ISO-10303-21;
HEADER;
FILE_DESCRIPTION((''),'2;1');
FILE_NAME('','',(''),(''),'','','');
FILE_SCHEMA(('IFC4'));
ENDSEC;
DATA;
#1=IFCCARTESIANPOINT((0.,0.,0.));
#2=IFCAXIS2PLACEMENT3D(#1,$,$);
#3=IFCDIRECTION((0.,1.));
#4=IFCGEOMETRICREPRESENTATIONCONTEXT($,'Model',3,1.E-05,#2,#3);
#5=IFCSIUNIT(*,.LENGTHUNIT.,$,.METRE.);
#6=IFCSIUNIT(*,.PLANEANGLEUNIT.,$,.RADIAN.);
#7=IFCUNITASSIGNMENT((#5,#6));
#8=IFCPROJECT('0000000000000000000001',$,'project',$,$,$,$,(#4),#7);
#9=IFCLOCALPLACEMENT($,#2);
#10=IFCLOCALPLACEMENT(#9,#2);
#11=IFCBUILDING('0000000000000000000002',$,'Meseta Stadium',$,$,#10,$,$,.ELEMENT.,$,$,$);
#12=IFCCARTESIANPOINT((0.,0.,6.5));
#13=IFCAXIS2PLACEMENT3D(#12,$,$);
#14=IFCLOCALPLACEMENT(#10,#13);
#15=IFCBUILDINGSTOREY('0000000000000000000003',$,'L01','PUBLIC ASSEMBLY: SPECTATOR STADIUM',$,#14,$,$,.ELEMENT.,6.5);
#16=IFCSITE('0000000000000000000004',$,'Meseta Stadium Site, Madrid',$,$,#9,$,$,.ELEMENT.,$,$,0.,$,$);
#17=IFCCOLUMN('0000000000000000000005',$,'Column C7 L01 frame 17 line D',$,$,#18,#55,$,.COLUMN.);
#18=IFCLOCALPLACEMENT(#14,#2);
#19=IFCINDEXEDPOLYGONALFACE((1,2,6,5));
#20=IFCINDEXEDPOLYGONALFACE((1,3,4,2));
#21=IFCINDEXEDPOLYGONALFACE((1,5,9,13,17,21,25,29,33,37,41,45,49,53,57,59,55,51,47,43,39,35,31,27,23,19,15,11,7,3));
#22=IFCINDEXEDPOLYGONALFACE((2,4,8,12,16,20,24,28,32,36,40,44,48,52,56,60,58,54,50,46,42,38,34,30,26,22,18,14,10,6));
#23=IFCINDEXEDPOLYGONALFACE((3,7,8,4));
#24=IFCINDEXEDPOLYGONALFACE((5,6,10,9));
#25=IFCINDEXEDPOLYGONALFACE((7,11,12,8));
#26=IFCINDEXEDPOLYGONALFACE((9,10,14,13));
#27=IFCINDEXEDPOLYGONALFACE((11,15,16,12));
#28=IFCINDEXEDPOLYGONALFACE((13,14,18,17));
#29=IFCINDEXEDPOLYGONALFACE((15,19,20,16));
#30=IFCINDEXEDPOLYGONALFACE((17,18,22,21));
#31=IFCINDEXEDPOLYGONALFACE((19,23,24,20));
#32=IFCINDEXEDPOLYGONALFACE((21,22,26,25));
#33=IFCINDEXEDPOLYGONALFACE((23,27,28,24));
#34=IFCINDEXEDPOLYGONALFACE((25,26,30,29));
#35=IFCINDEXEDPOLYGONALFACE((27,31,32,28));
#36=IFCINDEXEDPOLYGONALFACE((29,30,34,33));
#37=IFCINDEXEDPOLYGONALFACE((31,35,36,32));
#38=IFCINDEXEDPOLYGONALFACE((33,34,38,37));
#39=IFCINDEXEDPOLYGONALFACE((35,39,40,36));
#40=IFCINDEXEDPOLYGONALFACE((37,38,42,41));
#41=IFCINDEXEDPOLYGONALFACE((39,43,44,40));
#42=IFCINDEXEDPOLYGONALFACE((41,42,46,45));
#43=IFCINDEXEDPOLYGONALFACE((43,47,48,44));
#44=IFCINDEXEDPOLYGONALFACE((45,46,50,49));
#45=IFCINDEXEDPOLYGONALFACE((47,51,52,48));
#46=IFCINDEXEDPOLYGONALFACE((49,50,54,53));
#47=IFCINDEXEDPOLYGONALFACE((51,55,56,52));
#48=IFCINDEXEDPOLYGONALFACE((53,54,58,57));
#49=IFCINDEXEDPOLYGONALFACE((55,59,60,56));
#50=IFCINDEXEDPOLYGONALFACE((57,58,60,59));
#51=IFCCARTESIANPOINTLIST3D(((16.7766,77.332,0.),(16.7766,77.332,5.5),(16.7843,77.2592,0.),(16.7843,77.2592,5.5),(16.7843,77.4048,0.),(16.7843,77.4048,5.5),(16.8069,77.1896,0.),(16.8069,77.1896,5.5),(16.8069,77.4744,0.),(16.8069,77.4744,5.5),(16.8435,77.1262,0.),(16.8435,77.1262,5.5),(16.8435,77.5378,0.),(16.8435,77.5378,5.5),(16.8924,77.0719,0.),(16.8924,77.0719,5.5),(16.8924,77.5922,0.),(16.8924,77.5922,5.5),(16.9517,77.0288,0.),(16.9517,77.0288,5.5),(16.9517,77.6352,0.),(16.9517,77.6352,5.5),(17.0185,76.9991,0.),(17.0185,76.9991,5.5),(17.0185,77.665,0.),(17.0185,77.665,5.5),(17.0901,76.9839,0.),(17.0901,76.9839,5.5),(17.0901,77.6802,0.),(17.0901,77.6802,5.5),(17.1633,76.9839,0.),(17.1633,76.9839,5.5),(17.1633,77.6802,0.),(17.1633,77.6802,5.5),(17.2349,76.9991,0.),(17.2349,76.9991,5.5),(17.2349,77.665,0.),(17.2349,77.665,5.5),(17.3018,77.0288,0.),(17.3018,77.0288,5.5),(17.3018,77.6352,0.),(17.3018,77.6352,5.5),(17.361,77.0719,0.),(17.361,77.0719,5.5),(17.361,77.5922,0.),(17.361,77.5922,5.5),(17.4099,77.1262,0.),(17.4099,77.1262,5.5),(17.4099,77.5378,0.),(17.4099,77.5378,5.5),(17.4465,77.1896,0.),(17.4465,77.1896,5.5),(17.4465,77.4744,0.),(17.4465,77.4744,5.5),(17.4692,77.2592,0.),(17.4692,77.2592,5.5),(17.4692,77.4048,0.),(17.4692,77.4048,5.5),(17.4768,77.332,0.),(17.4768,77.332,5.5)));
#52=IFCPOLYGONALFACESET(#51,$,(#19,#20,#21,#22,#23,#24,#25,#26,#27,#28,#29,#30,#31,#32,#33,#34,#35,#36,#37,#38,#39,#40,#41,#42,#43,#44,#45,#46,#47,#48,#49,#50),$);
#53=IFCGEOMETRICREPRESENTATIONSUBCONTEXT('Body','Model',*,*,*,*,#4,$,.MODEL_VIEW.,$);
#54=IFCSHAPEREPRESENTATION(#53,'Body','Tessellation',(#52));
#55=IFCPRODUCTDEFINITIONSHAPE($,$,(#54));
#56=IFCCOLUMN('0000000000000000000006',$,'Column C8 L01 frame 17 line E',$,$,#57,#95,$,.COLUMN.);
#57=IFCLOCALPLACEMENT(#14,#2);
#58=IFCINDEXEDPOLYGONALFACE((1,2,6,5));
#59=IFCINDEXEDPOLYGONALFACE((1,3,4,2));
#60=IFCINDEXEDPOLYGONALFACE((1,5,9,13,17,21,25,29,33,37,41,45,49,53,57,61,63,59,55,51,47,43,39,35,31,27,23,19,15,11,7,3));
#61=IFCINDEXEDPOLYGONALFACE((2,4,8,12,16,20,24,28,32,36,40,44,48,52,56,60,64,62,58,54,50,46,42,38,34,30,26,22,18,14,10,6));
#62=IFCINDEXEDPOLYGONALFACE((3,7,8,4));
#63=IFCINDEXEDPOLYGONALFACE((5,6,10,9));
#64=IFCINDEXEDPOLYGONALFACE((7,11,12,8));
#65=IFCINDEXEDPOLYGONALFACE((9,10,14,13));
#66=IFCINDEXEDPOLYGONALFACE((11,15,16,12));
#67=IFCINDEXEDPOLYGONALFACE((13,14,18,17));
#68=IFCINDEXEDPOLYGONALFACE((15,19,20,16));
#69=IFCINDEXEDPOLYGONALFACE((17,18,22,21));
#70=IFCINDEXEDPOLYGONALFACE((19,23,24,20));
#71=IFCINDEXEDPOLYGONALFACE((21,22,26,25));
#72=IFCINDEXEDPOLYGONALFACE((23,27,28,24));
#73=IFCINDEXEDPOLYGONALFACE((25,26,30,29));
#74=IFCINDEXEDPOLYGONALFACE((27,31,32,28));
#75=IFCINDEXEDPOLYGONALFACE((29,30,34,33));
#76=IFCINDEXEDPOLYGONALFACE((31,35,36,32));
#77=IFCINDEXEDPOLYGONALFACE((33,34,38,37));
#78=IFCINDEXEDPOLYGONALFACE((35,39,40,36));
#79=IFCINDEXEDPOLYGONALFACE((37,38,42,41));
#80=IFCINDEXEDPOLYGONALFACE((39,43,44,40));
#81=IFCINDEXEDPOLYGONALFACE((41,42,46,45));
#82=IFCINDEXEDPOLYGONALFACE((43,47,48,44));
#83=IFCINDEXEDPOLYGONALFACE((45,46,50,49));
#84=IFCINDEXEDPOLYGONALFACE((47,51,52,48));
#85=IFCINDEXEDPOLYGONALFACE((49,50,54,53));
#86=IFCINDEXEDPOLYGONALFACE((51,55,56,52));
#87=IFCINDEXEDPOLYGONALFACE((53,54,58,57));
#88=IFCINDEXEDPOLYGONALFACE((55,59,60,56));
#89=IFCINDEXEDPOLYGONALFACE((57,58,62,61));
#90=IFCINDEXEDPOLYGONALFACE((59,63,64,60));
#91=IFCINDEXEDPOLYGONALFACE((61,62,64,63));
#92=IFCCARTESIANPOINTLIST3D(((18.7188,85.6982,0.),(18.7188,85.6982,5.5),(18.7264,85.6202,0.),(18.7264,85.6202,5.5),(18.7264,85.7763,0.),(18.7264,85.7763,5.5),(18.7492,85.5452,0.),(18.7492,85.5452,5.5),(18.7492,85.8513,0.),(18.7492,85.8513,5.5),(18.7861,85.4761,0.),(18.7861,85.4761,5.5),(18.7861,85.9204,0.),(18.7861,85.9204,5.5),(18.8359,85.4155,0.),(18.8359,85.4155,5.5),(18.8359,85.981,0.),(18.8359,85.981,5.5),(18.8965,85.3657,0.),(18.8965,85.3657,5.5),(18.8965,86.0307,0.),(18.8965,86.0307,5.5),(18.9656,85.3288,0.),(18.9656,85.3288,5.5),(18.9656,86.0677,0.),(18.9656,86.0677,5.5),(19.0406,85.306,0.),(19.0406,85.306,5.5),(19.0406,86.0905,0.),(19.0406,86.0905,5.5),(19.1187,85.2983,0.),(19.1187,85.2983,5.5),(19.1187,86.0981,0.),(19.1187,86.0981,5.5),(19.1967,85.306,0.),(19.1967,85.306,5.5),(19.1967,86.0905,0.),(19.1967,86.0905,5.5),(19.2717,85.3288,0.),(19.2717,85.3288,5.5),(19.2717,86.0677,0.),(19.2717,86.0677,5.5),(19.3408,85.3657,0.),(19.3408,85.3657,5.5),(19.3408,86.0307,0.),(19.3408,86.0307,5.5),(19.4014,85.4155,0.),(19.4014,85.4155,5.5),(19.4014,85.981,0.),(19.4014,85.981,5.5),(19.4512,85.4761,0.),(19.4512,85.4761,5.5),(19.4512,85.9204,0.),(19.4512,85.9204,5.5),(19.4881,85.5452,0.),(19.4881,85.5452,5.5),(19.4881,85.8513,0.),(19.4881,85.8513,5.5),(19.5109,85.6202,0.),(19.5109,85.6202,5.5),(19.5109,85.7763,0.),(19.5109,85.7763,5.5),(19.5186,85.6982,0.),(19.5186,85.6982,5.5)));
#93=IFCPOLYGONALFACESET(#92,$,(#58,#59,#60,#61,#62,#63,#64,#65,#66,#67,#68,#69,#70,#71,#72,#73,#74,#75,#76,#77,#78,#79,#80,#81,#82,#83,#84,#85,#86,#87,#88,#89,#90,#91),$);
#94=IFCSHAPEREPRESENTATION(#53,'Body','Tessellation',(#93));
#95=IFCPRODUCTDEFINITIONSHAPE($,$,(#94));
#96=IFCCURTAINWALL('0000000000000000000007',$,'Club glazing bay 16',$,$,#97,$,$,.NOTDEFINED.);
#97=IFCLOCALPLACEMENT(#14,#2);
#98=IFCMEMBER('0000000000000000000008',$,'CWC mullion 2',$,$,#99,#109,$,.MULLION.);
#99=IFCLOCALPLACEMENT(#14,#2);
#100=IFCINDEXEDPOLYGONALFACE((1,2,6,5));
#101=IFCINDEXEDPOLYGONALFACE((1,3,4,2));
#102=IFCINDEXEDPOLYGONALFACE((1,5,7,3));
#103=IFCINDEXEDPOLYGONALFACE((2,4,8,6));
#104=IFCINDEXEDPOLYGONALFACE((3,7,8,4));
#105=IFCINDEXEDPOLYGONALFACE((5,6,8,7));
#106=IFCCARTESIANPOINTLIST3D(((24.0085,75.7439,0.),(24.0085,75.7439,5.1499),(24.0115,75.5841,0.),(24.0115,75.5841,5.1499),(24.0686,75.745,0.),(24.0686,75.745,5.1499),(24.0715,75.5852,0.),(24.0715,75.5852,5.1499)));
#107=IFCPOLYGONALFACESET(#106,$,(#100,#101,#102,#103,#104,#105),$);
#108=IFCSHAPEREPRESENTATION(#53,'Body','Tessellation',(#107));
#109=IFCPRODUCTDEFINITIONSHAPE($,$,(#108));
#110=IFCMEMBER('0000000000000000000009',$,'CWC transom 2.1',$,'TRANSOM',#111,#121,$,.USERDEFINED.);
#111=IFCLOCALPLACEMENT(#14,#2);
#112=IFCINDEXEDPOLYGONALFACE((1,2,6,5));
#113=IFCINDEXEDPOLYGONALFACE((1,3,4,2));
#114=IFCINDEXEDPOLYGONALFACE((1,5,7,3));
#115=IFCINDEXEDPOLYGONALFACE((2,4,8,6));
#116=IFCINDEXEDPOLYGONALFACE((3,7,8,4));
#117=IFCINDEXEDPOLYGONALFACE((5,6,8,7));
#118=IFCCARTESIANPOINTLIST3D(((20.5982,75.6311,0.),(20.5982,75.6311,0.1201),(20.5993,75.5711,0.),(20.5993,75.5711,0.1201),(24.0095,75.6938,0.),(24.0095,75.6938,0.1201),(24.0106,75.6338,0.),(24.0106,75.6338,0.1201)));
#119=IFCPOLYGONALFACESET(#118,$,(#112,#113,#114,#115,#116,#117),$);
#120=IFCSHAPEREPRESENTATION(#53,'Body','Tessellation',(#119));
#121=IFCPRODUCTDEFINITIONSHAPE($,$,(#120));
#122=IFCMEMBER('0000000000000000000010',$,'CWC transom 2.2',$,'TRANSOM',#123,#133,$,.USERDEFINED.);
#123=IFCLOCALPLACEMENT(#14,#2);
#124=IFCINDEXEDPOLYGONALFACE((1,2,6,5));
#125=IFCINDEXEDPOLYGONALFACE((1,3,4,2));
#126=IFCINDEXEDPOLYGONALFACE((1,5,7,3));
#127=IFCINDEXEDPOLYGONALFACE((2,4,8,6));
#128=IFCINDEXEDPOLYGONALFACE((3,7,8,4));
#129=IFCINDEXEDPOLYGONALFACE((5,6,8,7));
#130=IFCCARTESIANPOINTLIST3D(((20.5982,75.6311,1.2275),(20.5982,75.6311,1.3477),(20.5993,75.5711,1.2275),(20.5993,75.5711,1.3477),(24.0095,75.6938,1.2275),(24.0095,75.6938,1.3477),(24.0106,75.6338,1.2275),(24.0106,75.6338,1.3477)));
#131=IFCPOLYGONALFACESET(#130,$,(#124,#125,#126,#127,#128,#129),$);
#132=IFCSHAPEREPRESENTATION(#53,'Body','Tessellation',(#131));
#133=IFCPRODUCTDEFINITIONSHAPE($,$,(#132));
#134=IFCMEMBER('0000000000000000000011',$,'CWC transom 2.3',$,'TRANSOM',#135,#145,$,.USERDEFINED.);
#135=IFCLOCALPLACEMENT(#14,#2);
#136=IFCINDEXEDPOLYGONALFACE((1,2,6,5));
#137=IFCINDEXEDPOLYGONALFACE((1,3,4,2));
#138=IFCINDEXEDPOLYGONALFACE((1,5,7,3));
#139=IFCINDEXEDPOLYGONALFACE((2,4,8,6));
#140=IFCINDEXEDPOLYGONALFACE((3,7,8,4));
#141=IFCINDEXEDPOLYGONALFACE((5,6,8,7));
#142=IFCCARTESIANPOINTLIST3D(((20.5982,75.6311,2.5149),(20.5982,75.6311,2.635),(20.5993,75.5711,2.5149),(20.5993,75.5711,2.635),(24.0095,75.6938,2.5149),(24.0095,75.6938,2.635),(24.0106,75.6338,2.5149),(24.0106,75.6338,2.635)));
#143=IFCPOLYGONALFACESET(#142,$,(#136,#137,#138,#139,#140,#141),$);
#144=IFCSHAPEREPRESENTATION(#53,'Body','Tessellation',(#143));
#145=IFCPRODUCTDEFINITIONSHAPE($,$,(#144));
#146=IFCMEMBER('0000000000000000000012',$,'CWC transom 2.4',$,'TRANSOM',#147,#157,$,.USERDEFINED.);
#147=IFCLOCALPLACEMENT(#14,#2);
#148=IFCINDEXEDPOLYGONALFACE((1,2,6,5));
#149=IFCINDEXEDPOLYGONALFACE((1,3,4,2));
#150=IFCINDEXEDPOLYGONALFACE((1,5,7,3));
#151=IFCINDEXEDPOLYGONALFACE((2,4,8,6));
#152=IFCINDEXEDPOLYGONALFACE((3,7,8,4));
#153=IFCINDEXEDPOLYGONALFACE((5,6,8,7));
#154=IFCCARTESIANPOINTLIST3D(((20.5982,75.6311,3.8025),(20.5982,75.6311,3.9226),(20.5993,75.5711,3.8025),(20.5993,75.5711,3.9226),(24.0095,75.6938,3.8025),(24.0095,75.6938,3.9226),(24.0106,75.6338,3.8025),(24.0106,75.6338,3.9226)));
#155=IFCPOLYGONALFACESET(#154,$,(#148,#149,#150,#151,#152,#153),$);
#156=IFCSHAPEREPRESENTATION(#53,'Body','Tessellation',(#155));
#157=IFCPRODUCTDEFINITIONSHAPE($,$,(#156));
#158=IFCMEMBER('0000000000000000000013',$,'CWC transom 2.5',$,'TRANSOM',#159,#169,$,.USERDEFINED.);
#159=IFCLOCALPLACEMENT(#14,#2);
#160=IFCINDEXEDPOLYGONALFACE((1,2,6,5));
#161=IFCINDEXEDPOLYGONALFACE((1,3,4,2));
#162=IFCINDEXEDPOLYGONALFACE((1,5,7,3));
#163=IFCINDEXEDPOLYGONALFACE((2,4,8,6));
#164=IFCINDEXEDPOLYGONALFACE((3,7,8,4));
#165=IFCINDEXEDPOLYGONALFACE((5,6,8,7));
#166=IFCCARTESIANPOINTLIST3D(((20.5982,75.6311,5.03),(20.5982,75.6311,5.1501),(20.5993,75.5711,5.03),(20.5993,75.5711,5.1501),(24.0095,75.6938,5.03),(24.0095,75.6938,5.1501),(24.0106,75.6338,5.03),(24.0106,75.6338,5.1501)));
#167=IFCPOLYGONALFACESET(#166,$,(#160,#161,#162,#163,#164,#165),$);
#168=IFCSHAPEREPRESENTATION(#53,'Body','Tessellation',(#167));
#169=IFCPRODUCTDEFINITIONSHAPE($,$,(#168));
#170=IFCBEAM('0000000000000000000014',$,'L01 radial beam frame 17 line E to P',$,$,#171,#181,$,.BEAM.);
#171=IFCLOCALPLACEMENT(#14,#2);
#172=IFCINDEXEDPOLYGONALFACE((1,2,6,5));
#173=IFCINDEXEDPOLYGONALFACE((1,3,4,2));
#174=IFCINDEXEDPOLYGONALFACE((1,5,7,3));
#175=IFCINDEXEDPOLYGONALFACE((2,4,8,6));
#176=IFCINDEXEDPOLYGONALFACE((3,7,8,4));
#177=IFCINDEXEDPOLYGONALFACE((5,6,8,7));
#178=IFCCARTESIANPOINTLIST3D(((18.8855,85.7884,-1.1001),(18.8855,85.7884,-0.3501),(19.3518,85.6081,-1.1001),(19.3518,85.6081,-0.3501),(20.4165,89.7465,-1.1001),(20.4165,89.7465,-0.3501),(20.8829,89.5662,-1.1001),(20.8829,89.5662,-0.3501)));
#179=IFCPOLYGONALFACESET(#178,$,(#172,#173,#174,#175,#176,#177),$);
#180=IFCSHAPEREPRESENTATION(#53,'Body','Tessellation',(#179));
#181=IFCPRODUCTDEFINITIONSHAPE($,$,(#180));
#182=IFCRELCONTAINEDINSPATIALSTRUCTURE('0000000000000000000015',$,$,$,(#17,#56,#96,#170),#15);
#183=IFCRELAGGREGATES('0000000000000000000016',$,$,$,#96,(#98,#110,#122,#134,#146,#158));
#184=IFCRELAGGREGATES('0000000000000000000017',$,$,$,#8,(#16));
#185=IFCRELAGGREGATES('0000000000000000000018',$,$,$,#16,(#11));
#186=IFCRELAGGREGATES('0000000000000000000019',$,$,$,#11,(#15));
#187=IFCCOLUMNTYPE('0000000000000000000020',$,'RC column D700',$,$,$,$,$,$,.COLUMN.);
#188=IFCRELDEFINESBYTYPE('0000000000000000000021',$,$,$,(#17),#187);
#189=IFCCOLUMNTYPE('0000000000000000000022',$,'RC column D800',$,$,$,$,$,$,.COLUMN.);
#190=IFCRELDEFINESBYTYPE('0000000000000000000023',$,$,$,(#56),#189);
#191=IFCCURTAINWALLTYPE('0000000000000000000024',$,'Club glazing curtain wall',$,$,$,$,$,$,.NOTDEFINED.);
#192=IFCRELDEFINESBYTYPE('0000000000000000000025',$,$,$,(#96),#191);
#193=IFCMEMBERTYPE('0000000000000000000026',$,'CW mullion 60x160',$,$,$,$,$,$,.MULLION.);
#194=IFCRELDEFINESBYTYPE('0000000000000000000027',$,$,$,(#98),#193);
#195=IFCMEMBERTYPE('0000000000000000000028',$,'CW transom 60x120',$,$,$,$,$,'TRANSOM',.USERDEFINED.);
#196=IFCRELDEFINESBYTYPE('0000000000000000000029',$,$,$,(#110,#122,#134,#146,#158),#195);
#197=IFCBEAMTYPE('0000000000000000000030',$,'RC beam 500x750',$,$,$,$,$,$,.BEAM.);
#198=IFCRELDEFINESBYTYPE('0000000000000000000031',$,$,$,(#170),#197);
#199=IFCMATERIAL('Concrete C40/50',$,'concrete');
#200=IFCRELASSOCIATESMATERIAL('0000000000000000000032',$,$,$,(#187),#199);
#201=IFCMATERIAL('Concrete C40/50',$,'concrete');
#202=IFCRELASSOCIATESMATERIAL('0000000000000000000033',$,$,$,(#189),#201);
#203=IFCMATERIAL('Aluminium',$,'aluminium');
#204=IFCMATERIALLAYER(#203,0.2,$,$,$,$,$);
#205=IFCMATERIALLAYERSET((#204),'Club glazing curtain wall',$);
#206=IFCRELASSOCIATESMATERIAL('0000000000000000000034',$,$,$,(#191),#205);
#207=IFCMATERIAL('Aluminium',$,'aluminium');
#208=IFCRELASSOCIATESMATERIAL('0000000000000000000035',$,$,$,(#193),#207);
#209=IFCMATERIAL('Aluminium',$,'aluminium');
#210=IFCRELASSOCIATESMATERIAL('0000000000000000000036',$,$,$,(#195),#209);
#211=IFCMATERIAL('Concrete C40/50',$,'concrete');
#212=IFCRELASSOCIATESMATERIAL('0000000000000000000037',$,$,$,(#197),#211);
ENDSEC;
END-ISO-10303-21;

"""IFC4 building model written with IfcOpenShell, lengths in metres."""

from ifc_helpers import new_model, si_unit, direction, frame, origin, origin_2d, place, context, subcontext, project, spatial, rectangle, circle, extrude, material, layer, layer_set, material_profile, profile_set, type_object, element, aggregate, save


model = new_model("IFC4")

# Units and contexts
model_context = context("Model", 3, precision=1e-05, world=origin(), true_north=direction((0.0, 1.0)))
body_context = subcontext(model_context, "Body", "Model", "MODEL_VIEW")
ifc_project = project(units=[si_unit("LENGTHUNIT", "METRE"), si_unit("PLANEANGLEUNIT", "RADIAN")], contexts=[model_context])

# Site, building, storey
site_placement = place(None, origin())
site = spatial("IfcSite", under=ifc_project, at=site_placement, Name="Meseta Stadium Site, Madrid", CompositionType="ELEMENT", RefElevation=0.0)
building_placement = place(site_placement, origin())
building = spatial("IfcBuilding", under=site, at=building_placement, Name="Meseta Stadium", CompositionType="ELEMENT")
storey_placement = place(building_placement, frame((0.0, 0.0, 6.5)))
storey = spatial("IfcBuildingStorey", under=building, at=storey_placement, Name="L01", Description="PUBLIC ASSEMBLY: SPECTATOR STADIUM", CompositionType="ELEMENT", Elevation=6.5)

# Columns
ifc_material_1 = material(Name="Concrete C40/50", Category="concrete")
ifc_material_profile_1 = material_profile(ifc_material_1, circle(Radius=0.3501, at=origin_2d()), Name="RC D700")
ifc_profile_set_1 = profile_set([ifc_material_profile_1], Name="Concrete C40/50")
column_type_1 = type_object("IfcColumnType", Name="RC column D700", PredefinedType="COLUMN", material=ifc_profile_set_1)
column_1_placement = place(storey_placement, frame((17.1267, 77.332, 0.0), z_axis=(0.0, 0.0, 1.0), x_axis=(1.0, 0.0, 0.0)))
element("IfcColumn", 1, at=column_1_placement, inside=storey, type_object=column_type_1, Name="Column C7 L01 frame 17 line D", PredefinedType="COLUMN", context=body_context, shape_type="SweptSolid", body=[
    extrude(circle(Radius=0.3501, at=origin_2d()), origin(), (0.0, 0.0, 1.0), 5.5),
])
ifc_material_2 = material(Name="Concrete C40/50", Category="concrete")
ifc_material_profile_2 = material_profile(ifc_material_2, circle(Radius=0.3999, at=origin_2d()), Name="RC D800")
ifc_profile_set_2 = profile_set([ifc_material_profile_2], Name="Concrete C40/50")
column_type_2 = type_object("IfcColumnType", Name="RC column D800", PredefinedType="COLUMN", material=ifc_profile_set_2)
column_2_placement = place(storey_placement, frame((19.1187, 85.6982, 0.0), z_axis=(0.0, 0.0, 1.0), x_axis=(1.0, 0.0, 0.0)))
element("IfcColumn", 2, at=column_2_placement, inside=storey, type_object=column_type_2, Name="Column C8 L01 frame 17 line E", PredefinedType="COLUMN", context=body_context, shape_type="SweptSolid", body=[
    extrude(circle(Radius=0.3999, at=origin_2d()), origin(), (0.0, 0.0, 1.0), 5.5),
])

# Curtain wall, members
ifc_material_3 = material(Name="Aluminium", Category="aluminium")
ifc_layer_1 = layer(ifc_material_3, 0.2)
ifc_layer_set_1 = layer_set([ifc_layer_1], Name="Club glazing curtain wall")
curtain_wall_type = type_object("IfcCurtainWallType", Name="Club glazing curtain wall", PredefinedType="NOTDEFINED", material=ifc_layer_set_1)
curtain_wall_placement = place(storey_placement, origin())
curtain_wall = element("IfcCurtainWall", 3, at=curtain_wall_placement, inside=storey, type_object=curtain_wall_type, Name="Club glazing bay 16", PredefinedType="NOTDEFINED")
ifc_material_4 = material(Name="Aluminium", Category="aluminium")
ifc_material_profile_3 = material_profile(ifc_material_4, rectangle(XDim=0.1599, YDim=0.0601, at=origin_2d()), Name="CW 160x60")
ifc_profile_set_3 = profile_set([ifc_material_profile_3], Name="Aluminium")
member_type_1 = type_object("IfcMemberType", Name="CW mullion 60x160", PredefinedType="MULLION", material=ifc_profile_set_3)
member_1_placement = place(storey_placement, frame((24.04, 75.6646, 0.0), z_axis=(0.0, 0.0, 1.0), x_axis=(0.018384, -0.999831, 0.0)))
member_1 = element("IfcMember", 4, at=member_1_placement, type_object=member_type_1, Name="CWC mullion 2", PredefinedType="MULLION", context=body_context, shape_type="SweptSolid", body=[
    extrude(rectangle(XDim=0.1599, YDim=0.0601, at=origin_2d()), origin(), (0.0, 0.0, 1.0), 5.1499),
])
ifc_material_5 = material(Name="Aluminium", Category="aluminium")
ifc_material_profile_4 = material_profile(ifc_material_5, rectangle(XDim=0.0601, YDim=0.1201, at=origin_2d()), Name="CW 60x120")
ifc_profile_set_4 = profile_set([ifc_material_profile_4], Name="Aluminium")
member_type_2 = type_object("IfcMemberType", Name="CW transom 60x120", ElementType="TRANSOM", PredefinedType="USERDEFINED", material=ifc_profile_set_4)
member_2_placement = place(storey_placement, frame((24.01, 75.6638, 0.0601), z_axis=(-0.999831, -0.01839, 0.0), x_axis=(0.01839, -0.999831, 0.0)))
member_2 = element("IfcMember", 5, at=member_2_placement, type_object=member_type_2, Name="CWC transom 2.1", ObjectType="TRANSOM", PredefinedType="USERDEFINED", context=body_context, shape_type="SweptSolid", body=[
    extrude(rectangle(XDim=0.0601, YDim=0.1201, at=origin_2d()), origin(), (0.0, 0.0, 1.0), 3.4119),
])
member_3_placement = place(storey_placement, frame((24.01, 75.6638, 1.2876), z_axis=(-0.999831, -0.01839, 0.0), x_axis=(0.01839, -0.999831, 0.0)))
member_3 = element("IfcMember", 6, at=member_3_placement, type_object=member_type_2, Name="CWC transom 2.2", ObjectType="TRANSOM", PredefinedType="USERDEFINED", context=body_context, shape_type="SweptSolid", body=[
    extrude(rectangle(XDim=0.0601, YDim=0.1201, at=origin_2d()), origin(), (0.0, 0.0, 1.0), 3.4119),
])
member_4_placement = place(storey_placement, frame((24.01, 75.6638, 2.575), z_axis=(-0.999831, -0.01839, 0.0), x_axis=(0.01839, -0.999831, 0.0)))
member_4 = element("IfcMember", 7, at=member_4_placement, type_object=member_type_2, Name="CWC transom 2.3", ObjectType="TRANSOM", PredefinedType="USERDEFINED", context=body_context, shape_type="SweptSolid", body=[
    extrude(rectangle(XDim=0.0601, YDim=0.1201, at=origin_2d()), origin(), (0.0, 0.0, 1.0), 3.4119),
])
member_5_placement = place(storey_placement, frame((24.01, 75.6638, 3.8625), z_axis=(-0.999831, -0.01839, 0.0), x_axis=(0.01839, -0.999831, 0.0)))
member_5 = element("IfcMember", 8, at=member_5_placement, type_object=member_type_2, Name="CWC transom 2.4", ObjectType="TRANSOM", PredefinedType="USERDEFINED", context=body_context, shape_type="SweptSolid", body=[
    extrude(rectangle(XDim=0.0601, YDim=0.1201, at=origin_2d()), origin(), (0.0, 0.0, 1.0), 3.4119),
])
member_6_placement = place(storey_placement, frame((24.01, 75.6638, 5.0901), z_axis=(-0.999831, -0.01839, 0.0), x_axis=(0.01839, -0.999831, 0.0)))
member_6 = element("IfcMember", 9, at=member_6_placement, type_object=member_type_2, Name="CWC transom 2.5", ObjectType="TRANSOM", PredefinedType="USERDEFINED", context=body_context, shape_type="SweptSolid", body=[
    extrude(rectangle(XDim=0.0601, YDim=0.1201, at=origin_2d()), origin(), (0.0, 0.0, 1.0), 3.4119),
])

# Beam
ifc_material_6 = material(Name="Concrete C40/50", Category="concrete")
ifc_material_profile_5 = material_profile(ifc_material_6, rectangle(XDim=0.5, YDim=0.75, at=origin_2d()), Name="RC 500x750")
ifc_profile_set_5 = profile_set([ifc_material_profile_5], Name="Concrete C40/50")
beam_type_1 = type_object("IfcBeamType", Name="RC beam 500x750", PredefinedType="BEAM", material=ifc_profile_set_5)
beam_1_placement = place(storey_placement, frame((19.1187, 85.6982, -0.7251), z_axis=(0.360763, 0.932657, 0.0), x_axis=(-0.932657, 0.360763, 0.0)))
element("IfcBeam", 10, at=beam_1_placement, inside=storey, type_object=beam_type_1, Name="L01 radial beam frame 17 line E to P", PredefinedType="BEAM", context=body_context, shape_type="SweptSolid", body=[
    extrude(rectangle(XDim=0.5, YDim=0.75, at=origin_2d()), origin(), (0.0, 0.0, 1.0), 4.2439),
])

aggregate(curtain_wall, [member_1, member_2, member_3, member_4, member_5, member_6])

save(model, "model.ifc")
